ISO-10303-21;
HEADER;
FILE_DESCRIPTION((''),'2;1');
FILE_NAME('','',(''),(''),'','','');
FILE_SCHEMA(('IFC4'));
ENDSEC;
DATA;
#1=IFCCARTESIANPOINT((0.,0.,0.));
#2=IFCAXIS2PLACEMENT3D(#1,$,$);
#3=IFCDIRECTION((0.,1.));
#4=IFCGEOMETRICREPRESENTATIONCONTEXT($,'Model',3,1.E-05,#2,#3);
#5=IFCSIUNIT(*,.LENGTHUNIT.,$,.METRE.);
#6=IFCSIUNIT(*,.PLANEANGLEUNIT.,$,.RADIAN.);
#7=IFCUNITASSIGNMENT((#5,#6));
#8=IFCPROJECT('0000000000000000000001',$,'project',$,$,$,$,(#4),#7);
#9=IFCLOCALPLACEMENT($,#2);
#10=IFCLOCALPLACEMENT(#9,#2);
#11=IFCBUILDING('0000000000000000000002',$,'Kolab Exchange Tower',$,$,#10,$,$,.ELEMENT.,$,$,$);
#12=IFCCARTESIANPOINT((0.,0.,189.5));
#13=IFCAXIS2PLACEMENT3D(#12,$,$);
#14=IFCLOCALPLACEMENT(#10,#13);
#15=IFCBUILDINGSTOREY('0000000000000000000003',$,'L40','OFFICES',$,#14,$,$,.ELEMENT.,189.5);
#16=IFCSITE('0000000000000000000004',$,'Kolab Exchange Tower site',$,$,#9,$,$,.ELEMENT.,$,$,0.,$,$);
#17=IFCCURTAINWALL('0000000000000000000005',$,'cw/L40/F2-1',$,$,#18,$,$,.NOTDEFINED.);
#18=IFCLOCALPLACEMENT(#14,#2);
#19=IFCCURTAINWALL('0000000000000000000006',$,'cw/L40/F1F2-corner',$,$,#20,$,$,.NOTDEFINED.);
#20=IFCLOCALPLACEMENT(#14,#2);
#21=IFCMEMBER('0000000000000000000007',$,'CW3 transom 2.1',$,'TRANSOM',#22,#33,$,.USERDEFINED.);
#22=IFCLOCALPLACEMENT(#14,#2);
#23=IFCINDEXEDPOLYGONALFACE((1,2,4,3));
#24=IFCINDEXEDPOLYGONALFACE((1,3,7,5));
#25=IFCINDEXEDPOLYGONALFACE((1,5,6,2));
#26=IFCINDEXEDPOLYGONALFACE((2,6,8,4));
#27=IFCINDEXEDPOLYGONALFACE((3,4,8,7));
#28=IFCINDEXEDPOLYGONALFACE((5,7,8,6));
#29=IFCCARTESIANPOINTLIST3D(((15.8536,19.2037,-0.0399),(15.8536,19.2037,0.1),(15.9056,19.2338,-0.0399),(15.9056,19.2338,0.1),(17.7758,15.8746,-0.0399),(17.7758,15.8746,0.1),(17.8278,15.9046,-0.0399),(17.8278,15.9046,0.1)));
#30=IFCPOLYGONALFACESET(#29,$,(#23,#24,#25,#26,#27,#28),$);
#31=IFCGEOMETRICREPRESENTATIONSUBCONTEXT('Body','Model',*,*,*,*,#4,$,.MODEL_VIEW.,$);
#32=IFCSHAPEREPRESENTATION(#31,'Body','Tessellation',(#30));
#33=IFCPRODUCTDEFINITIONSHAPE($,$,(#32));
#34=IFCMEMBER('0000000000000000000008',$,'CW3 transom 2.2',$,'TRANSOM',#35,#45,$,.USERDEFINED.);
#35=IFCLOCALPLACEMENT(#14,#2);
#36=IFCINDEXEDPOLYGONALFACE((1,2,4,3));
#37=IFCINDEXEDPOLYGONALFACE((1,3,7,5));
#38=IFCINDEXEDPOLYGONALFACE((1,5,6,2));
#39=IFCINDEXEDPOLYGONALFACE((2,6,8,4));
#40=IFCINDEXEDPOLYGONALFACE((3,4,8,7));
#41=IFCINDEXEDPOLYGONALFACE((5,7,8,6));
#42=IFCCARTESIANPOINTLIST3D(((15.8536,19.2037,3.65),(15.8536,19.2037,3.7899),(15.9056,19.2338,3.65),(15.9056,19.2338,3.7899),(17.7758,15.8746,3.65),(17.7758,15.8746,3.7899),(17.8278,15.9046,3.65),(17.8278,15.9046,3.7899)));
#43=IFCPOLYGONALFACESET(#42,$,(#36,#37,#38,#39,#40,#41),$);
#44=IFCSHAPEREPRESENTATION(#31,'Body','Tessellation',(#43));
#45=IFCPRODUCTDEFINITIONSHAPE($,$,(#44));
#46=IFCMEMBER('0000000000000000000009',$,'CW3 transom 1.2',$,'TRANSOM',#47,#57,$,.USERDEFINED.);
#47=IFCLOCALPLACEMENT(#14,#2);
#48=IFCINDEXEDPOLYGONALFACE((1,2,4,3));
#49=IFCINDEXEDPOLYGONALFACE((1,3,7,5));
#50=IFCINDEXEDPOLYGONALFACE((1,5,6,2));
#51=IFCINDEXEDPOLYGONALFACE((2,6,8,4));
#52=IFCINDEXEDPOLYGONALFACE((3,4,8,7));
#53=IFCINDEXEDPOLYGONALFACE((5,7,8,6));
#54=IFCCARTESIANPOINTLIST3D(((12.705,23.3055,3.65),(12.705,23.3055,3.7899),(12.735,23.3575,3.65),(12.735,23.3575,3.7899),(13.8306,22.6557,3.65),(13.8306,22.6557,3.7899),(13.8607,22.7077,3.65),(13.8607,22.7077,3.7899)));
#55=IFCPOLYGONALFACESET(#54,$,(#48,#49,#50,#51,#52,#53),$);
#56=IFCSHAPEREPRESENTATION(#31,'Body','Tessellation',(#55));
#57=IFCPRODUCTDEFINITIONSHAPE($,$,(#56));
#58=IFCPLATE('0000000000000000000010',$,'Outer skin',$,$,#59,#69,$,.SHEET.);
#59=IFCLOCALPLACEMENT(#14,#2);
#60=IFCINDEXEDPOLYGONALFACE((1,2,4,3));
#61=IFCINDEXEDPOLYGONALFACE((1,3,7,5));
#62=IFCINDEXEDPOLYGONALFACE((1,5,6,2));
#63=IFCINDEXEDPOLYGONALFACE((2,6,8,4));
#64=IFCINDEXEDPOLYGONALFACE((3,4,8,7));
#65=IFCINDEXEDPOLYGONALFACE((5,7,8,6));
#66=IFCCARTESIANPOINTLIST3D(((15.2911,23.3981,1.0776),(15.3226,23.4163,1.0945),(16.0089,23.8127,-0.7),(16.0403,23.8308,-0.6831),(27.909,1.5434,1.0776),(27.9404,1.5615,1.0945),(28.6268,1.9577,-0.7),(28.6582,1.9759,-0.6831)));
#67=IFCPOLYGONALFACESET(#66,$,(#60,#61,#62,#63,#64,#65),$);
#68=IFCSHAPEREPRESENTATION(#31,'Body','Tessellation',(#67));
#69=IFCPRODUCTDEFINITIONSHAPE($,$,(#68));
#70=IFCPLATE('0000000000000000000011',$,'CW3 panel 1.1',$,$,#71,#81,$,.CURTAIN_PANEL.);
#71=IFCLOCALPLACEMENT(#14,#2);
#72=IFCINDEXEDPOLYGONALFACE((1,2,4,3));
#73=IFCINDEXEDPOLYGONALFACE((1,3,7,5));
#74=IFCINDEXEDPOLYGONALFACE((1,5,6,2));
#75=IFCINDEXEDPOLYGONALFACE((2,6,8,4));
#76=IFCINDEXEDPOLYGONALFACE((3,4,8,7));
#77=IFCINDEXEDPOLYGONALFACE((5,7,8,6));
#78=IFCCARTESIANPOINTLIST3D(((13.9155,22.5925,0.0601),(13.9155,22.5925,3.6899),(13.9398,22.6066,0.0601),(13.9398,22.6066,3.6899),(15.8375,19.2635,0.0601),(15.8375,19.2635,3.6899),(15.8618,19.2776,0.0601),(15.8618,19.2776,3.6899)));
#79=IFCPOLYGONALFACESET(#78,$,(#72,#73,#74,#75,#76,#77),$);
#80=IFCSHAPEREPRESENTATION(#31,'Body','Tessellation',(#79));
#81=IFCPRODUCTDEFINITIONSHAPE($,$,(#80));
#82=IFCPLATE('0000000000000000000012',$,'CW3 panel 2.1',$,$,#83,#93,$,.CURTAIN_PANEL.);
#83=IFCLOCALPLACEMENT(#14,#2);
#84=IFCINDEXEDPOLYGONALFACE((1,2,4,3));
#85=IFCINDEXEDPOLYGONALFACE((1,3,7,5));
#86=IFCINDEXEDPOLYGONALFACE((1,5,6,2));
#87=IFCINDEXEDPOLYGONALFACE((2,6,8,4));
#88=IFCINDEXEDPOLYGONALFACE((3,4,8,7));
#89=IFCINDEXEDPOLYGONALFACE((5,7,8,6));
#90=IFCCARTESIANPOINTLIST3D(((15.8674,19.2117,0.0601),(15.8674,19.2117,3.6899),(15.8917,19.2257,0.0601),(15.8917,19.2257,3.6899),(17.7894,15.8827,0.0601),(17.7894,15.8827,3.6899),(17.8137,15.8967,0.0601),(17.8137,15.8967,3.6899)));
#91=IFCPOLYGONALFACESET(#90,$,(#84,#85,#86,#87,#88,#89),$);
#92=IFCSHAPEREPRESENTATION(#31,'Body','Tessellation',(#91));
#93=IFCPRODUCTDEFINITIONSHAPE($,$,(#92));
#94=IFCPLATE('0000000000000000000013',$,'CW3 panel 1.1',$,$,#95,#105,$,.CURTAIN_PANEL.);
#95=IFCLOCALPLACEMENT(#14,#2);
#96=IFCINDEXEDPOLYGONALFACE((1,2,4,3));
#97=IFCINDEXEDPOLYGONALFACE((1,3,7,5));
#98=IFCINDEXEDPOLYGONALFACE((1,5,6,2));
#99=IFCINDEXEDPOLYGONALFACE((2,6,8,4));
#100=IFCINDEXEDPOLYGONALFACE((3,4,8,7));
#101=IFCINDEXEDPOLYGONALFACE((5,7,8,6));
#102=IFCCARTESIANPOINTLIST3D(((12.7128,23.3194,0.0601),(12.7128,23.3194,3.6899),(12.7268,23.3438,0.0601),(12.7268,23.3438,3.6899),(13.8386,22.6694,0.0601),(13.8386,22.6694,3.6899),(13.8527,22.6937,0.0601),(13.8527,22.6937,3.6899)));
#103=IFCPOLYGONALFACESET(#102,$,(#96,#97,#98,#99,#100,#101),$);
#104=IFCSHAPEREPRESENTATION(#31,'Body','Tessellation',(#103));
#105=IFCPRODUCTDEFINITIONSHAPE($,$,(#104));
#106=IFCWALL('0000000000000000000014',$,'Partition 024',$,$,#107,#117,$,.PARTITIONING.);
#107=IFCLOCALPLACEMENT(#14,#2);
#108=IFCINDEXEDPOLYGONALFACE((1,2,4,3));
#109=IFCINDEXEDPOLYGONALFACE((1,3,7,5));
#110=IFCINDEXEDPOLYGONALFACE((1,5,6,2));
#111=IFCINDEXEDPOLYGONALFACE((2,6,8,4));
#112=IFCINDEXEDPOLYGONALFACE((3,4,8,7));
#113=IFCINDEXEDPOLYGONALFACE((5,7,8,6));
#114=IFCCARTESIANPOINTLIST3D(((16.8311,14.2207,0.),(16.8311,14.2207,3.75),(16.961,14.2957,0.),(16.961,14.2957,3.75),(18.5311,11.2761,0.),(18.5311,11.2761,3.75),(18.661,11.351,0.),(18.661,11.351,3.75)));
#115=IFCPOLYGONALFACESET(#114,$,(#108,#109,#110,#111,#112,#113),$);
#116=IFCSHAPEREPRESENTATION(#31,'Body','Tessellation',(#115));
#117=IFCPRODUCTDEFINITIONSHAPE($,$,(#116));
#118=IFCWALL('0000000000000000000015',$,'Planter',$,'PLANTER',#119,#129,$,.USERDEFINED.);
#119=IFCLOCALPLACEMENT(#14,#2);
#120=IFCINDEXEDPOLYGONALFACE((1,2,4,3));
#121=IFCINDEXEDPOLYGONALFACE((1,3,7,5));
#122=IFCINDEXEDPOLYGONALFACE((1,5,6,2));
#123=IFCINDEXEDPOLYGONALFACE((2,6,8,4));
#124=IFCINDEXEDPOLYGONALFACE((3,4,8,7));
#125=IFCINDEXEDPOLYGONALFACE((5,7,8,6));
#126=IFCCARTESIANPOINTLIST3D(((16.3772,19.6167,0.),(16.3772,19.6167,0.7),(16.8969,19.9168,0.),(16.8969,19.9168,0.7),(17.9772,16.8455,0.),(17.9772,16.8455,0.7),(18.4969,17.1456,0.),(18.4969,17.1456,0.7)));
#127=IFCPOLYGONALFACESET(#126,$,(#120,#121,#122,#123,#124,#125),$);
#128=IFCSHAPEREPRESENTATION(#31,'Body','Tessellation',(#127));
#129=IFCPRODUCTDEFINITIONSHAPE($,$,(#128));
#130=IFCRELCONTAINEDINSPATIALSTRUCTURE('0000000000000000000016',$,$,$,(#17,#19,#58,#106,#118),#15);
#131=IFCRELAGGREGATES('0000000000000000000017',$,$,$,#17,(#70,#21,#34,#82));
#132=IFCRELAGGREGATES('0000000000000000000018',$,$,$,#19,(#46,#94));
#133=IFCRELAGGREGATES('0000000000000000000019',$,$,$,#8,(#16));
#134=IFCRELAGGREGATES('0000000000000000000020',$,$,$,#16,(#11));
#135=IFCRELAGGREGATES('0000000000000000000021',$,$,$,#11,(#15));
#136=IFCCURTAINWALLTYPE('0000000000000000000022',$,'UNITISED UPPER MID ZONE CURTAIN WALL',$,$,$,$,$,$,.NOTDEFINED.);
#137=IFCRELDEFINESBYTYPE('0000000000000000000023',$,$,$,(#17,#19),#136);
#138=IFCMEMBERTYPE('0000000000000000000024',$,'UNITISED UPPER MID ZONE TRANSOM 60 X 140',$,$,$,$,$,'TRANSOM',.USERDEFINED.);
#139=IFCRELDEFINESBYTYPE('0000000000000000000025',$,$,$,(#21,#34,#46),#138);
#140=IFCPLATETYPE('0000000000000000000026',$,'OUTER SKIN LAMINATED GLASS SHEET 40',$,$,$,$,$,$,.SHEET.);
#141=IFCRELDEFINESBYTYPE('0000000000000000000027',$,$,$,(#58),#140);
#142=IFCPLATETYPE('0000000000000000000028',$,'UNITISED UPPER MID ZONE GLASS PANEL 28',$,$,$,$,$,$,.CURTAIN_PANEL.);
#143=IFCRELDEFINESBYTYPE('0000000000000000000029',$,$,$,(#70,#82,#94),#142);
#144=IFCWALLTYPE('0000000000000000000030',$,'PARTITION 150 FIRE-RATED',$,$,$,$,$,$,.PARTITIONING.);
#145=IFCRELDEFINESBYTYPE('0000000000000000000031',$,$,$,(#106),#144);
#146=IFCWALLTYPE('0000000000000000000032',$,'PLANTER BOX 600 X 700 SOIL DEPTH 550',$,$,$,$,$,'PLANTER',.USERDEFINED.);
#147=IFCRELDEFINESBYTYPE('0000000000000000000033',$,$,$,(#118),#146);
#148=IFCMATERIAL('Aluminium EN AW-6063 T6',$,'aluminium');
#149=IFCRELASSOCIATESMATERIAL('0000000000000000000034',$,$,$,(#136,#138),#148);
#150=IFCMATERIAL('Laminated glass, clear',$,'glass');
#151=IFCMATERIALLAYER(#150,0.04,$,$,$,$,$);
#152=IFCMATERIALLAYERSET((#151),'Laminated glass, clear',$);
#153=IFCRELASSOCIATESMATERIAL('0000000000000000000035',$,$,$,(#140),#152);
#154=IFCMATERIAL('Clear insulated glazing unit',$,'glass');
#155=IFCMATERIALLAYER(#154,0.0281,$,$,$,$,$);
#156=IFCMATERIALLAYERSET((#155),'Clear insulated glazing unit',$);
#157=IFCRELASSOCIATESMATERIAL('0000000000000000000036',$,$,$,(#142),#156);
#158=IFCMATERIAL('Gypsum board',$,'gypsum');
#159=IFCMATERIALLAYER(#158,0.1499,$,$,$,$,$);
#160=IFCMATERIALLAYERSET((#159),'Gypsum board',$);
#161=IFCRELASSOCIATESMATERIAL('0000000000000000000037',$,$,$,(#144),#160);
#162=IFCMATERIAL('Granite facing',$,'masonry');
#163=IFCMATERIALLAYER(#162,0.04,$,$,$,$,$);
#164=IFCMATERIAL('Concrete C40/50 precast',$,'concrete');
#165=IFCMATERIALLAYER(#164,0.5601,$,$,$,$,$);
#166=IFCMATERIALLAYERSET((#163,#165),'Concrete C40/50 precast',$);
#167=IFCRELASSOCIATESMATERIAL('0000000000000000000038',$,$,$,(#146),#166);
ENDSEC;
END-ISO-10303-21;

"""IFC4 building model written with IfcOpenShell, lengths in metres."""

from ifc_helpers import new_model, si_unit, direction, frame, frame_2d, origin, origin_2d, place, context, subcontext, project, spatial, polyline, rectangle, outline, extrude, material, layer, layer_set, material_profile, profile_set, type_object, element, aggregate, save


model = new_model("IFC4")

# Units and contexts
model_context = context("Model", 3, precision=1e-05, world=origin(), true_north=direction((0.0, 1.0)))
body_context = subcontext(model_context, "Body", "Model", "MODEL_VIEW")
ifc_project = project(units=[si_unit("LENGTHUNIT", "METRE"), si_unit("PLANEANGLEUNIT", "RADIAN")], contexts=[model_context])

# Site, building, storey
site_placement = place(None, origin())
site = spatial("IfcSite", under=ifc_project, at=site_placement, Name="Kolab Exchange Tower site", CompositionType="ELEMENT", RefElevation=0.0)
building_placement = place(site_placement, origin())
building = spatial("IfcBuilding", under=site, at=building_placement, Name="Kolab Exchange Tower", CompositionType="ELEMENT")
storey_placement = place(building_placement, frame((0.0, 0.0, 189.5)))
storey = spatial("IfcBuildingStorey", under=building, at=storey_placement, Name="L40", Description="OFFICES", CompositionType="ELEMENT", Elevation=189.5)

# Curtain wall
ifc_material_1 = material(Name="Aluminium EN AW-6063 T6", Category="aluminium")
curtain_wall_type = type_object("IfcCurtainWallType", Name="UNITISED UPPER MID ZONE CURTAIN WALL", PredefinedType="NOTDEFINED", material=ifc_material_1)
curtain_wall_1_placement = place(storey_placement, origin())
curtain_wall_1 = element("IfcCurtainWall", 1, at=curtain_wall_1_placement, inside=storey, type_object=curtain_wall_type, Name="cw/L40/F2-1", PredefinedType="NOTDEFINED")

# Curtain wall
curtain_wall_2_placement = place(storey_placement, origin())
curtain_wall_2 = element("IfcCurtainWall", 2, at=curtain_wall_2_placement, inside=storey, type_object=curtain_wall_type, Name="cw/L40/F1F2-corner", PredefinedType="NOTDEFINED")

# Members
ifc_material_profile_1 = material_profile(ifc_material_1, rectangle(XDim=0.0601, YDim=0.1399, at=origin_2d()), Name="RECT 60X140")
ifc_profile_set_1 = profile_set([ifc_material_profile_1], Name="Aluminium EN AW-6063 T6")
member_type_1 = type_object("IfcMemberType", Name="UNITISED UPPER MID ZONE TRANSOM 60 X 140", ElementType="TRANSOM", PredefinedType="USERDEFINED", material=ifc_profile_set_1)
member_1_placement = place(storey_placement, frame((15.8796, 19.2188, 0.03), z_axis=(0.500012, -0.866018, 0.0), x_axis=(0.866018, 0.500012, 0.0)))
member_1 = element("IfcMember", 3, at=member_1_placement, type_object=member_type_1, Name="CW3 transom 2.1", ObjectType="TRANSOM", PredefinedType="USERDEFINED", context=body_context, shape_type="SweptSolid", body=[
    extrude(rectangle(XDim=0.0601, YDim=0.1399, at=origin_2d()), origin(), (0.0, 0.0, 1.0), 3.8442),
])
member_2_placement = place(storey_placement, frame((15.8796, 19.2188, 3.72), z_axis=(0.500012, -0.866018, 0.0), x_axis=(0.866018, 0.500012, 0.0)))
member_2 = element("IfcMember", 4, at=member_2_placement, type_object=member_type_1, Name="CW3 transom 2.2", ObjectType="TRANSOM", PredefinedType="USERDEFINED", context=body_context, shape_type="SweptSolid", body=[
    extrude(rectangle(XDim=0.0601, YDim=0.1399, at=origin_2d()), origin(), (0.0, 0.0, 1.0), 3.8442),
])
member_3_placement = place(storey_placement, frame((12.72, 23.3315, 3.72), z_axis=(0.866039, -0.499977, 0.0), x_axis=(0.499977, 0.866039, 0.0)))
member_3 = element("IfcMember", 5, at=member_3_placement, type_object=member_type_1, Name="CW3 transom 1.2", ObjectType="TRANSOM", PredefinedType="USERDEFINED", context=body_context, shape_type="SweptSolid", body=[
    extrude(rectangle(XDim=0.0601, YDim=0.1399, at=origin_2d()), origin(), (0.0, 0.0, 1.0), 1.2998),
])

# Plates
ifc_material_2 = material(Name="Laminated glass, clear", Category="glass")
ifc_layer_1 = layer(ifc_material_2, 0.04)
ifc_layer_set_1 = layer_set([ifc_layer_1], Name="Laminated glass, clear")
plate_type_1 = type_object("IfcPlateType", Name="OUTER SKIN LAMINATED GLASS SHEET 40", PredefinedType="SHEET", material=ifc_layer_set_1)
plate_1_placement = place(storey_placement, frame((16.0403, 23.8308, -0.6831), z_axis=(0.784899, 0.453162, 0.422585), x_axis=(0.5, -0.866025, 0.000001)))
element("IfcPlate", 6, at=plate_1_placement, inside=storey, type_object=plate_type_1, Name="Outer skin", PredefinedType="SHEET", context=body_context, shape_type="SweptSolid", body=[
    extrude(outline(polyline([(0.0, 0.0), (25.2359, 0.0), (25.2358, -1.9613), (0.0001, -1.9613), (0.0, 0.0)])), origin(), (0.0, 0.0, -1.0), 0.04),
])
ifc_material_3 = material(Name="Clear insulated glazing unit", Category="glass")
ifc_layer_2 = layer(ifc_material_3, 0.0281)
ifc_layer_set_2 = layer_set([ifc_layer_2], Name="Clear insulated glazing unit")
plate_type_2 = type_object("IfcPlateType", Name="UNITISED UPPER MID ZONE GLASS PANEL 28", PredefinedType="CURTAIN_PANEL", material=ifc_layer_set_2)
plate_2_placement = place(storey_placement, frame((14.8887, 20.9351, 0.0601), z_axis=(0.0, 0.0, 1.0), x_axis=(0.5, -0.866025, 0.0)))
plate_2 = element("IfcPlate", 7, at=plate_2_placement, type_object=plate_type_2, Name="CW3 panel 1.1", PredefinedType="CURTAIN_PANEL", context=body_context, shape_type="SweptSolid", body=[
    extrude(rectangle(XDim=3.844, YDim=0.0281, at=origin_2d()), origin(), (0.0, 0.0, 1.0), 3.6299),
])
plate_3_placement = place(storey_placement, frame((16.8406, 17.5542, 0.0601), z_axis=(0.0, 0.0, 1.0), x_axis=(0.5, -0.866025, 0.0)))
plate_3 = element("IfcPlate", 8, at=plate_3_placement, type_object=plate_type_2, Name="CW3 panel 2.1", PredefinedType="CURTAIN_PANEL", context=body_context, shape_type="SweptSolid", body=[
    extrude(rectangle(XDim=3.844, YDim=0.0281, at=origin_2d()), origin(), (0.0, 0.0, 1.0), 3.6299),
])
aggregate(curtain_wall_1, [plate_2, member_1, member_2, plate_3])
plate_4_placement = place(storey_placement, frame((13.2827, 23.0066, 0.0601), z_axis=(0.0, 0.0, 1.0), x_axis=(0.866025, -0.5, 0.0)))
plate_4 = element("IfcPlate", 9, at=plate_4_placement, type_object=plate_type_2, Name="CW3 panel 1.1", PredefinedType="CURTAIN_PANEL", context=body_context, shape_type="SweptSolid", body=[
    extrude(rectangle(XDim=1.3, YDim=0.0281, at=origin_2d()), origin(), (0.0, 0.0, 1.0), 3.6299),
])
aggregate(curtain_wall_2, [member_3, plate_4])

# Walls
ifc_material_4 = material(Name="Gypsum board", Category="gypsum")
ifc_layer_3 = layer(ifc_material_4, 0.1499)
ifc_layer_set_3 = layer_set([ifc_layer_3], Name="Gypsum board")
wall_type_1 = type_object("IfcWallType", Name="PARTITION 150 FIRE-RATED", PredefinedType="PARTITIONING", material=ifc_layer_set_3)
wall_1_placement = place(storey_placement, frame((16.896, 14.2583, 0.0), z_axis=(0.0, 0.0, 1.0), x_axis=(0.499977, -0.866039, 0.0)))
element("IfcWall", 10, at=wall_1_placement, inside=storey, type_object=wall_type_1, Name="Partition 024", PredefinedType="PARTITIONING", context=body_context, shape_type="SweptSolid", body=[
    extrude(rectangle(XDim=3.4001, YDim=0.1499, at=frame_2d((1.7002, 0.0))), origin(), (0.0, 0.0, 1.0), 3.75),
])
ifc_material_5 = material(Name="Granite facing", Category="masonry")
ifc_layer_4 = layer(ifc_material_5, 0.04)
ifc_material_6 = material(Name="Concrete C40/50 precast", Category="concrete")
ifc_layer_5 = layer(ifc_material_6, 0.5601)
ifc_layer_set_4 = layer_set([ifc_layer_4, ifc_layer_5], Name="Concrete C40/50 precast")
wall_type_2 = type_object("IfcWallType", Name="PLANTER BOX 600 X 700 SOIL DEPTH 550", ElementType="PLANTER", PredefinedType="USERDEFINED", material=ifc_layer_set_4)
wall_2_placement = place(storey_placement, frame((16.637, 19.7668, 0.0), z_axis=(0.0, 0.0, 1.0), x_axis=(0.500028, -0.866009, 0.0)))
element("IfcWall", 11, at=wall_2_placement, inside=storey, type_object=wall_type_2, Name="Planter", ObjectType="PLANTER", PredefinedType="USERDEFINED", context=body_context, shape_type="SweptSolid", body=[
    extrude(rectangle(XDim=3.2, YDim=0.6001, at=frame_2d((1.6001, 0.0))), origin(), (0.0, 0.0, 1.0), 0.7),
])

save(model, "model.ifc")
